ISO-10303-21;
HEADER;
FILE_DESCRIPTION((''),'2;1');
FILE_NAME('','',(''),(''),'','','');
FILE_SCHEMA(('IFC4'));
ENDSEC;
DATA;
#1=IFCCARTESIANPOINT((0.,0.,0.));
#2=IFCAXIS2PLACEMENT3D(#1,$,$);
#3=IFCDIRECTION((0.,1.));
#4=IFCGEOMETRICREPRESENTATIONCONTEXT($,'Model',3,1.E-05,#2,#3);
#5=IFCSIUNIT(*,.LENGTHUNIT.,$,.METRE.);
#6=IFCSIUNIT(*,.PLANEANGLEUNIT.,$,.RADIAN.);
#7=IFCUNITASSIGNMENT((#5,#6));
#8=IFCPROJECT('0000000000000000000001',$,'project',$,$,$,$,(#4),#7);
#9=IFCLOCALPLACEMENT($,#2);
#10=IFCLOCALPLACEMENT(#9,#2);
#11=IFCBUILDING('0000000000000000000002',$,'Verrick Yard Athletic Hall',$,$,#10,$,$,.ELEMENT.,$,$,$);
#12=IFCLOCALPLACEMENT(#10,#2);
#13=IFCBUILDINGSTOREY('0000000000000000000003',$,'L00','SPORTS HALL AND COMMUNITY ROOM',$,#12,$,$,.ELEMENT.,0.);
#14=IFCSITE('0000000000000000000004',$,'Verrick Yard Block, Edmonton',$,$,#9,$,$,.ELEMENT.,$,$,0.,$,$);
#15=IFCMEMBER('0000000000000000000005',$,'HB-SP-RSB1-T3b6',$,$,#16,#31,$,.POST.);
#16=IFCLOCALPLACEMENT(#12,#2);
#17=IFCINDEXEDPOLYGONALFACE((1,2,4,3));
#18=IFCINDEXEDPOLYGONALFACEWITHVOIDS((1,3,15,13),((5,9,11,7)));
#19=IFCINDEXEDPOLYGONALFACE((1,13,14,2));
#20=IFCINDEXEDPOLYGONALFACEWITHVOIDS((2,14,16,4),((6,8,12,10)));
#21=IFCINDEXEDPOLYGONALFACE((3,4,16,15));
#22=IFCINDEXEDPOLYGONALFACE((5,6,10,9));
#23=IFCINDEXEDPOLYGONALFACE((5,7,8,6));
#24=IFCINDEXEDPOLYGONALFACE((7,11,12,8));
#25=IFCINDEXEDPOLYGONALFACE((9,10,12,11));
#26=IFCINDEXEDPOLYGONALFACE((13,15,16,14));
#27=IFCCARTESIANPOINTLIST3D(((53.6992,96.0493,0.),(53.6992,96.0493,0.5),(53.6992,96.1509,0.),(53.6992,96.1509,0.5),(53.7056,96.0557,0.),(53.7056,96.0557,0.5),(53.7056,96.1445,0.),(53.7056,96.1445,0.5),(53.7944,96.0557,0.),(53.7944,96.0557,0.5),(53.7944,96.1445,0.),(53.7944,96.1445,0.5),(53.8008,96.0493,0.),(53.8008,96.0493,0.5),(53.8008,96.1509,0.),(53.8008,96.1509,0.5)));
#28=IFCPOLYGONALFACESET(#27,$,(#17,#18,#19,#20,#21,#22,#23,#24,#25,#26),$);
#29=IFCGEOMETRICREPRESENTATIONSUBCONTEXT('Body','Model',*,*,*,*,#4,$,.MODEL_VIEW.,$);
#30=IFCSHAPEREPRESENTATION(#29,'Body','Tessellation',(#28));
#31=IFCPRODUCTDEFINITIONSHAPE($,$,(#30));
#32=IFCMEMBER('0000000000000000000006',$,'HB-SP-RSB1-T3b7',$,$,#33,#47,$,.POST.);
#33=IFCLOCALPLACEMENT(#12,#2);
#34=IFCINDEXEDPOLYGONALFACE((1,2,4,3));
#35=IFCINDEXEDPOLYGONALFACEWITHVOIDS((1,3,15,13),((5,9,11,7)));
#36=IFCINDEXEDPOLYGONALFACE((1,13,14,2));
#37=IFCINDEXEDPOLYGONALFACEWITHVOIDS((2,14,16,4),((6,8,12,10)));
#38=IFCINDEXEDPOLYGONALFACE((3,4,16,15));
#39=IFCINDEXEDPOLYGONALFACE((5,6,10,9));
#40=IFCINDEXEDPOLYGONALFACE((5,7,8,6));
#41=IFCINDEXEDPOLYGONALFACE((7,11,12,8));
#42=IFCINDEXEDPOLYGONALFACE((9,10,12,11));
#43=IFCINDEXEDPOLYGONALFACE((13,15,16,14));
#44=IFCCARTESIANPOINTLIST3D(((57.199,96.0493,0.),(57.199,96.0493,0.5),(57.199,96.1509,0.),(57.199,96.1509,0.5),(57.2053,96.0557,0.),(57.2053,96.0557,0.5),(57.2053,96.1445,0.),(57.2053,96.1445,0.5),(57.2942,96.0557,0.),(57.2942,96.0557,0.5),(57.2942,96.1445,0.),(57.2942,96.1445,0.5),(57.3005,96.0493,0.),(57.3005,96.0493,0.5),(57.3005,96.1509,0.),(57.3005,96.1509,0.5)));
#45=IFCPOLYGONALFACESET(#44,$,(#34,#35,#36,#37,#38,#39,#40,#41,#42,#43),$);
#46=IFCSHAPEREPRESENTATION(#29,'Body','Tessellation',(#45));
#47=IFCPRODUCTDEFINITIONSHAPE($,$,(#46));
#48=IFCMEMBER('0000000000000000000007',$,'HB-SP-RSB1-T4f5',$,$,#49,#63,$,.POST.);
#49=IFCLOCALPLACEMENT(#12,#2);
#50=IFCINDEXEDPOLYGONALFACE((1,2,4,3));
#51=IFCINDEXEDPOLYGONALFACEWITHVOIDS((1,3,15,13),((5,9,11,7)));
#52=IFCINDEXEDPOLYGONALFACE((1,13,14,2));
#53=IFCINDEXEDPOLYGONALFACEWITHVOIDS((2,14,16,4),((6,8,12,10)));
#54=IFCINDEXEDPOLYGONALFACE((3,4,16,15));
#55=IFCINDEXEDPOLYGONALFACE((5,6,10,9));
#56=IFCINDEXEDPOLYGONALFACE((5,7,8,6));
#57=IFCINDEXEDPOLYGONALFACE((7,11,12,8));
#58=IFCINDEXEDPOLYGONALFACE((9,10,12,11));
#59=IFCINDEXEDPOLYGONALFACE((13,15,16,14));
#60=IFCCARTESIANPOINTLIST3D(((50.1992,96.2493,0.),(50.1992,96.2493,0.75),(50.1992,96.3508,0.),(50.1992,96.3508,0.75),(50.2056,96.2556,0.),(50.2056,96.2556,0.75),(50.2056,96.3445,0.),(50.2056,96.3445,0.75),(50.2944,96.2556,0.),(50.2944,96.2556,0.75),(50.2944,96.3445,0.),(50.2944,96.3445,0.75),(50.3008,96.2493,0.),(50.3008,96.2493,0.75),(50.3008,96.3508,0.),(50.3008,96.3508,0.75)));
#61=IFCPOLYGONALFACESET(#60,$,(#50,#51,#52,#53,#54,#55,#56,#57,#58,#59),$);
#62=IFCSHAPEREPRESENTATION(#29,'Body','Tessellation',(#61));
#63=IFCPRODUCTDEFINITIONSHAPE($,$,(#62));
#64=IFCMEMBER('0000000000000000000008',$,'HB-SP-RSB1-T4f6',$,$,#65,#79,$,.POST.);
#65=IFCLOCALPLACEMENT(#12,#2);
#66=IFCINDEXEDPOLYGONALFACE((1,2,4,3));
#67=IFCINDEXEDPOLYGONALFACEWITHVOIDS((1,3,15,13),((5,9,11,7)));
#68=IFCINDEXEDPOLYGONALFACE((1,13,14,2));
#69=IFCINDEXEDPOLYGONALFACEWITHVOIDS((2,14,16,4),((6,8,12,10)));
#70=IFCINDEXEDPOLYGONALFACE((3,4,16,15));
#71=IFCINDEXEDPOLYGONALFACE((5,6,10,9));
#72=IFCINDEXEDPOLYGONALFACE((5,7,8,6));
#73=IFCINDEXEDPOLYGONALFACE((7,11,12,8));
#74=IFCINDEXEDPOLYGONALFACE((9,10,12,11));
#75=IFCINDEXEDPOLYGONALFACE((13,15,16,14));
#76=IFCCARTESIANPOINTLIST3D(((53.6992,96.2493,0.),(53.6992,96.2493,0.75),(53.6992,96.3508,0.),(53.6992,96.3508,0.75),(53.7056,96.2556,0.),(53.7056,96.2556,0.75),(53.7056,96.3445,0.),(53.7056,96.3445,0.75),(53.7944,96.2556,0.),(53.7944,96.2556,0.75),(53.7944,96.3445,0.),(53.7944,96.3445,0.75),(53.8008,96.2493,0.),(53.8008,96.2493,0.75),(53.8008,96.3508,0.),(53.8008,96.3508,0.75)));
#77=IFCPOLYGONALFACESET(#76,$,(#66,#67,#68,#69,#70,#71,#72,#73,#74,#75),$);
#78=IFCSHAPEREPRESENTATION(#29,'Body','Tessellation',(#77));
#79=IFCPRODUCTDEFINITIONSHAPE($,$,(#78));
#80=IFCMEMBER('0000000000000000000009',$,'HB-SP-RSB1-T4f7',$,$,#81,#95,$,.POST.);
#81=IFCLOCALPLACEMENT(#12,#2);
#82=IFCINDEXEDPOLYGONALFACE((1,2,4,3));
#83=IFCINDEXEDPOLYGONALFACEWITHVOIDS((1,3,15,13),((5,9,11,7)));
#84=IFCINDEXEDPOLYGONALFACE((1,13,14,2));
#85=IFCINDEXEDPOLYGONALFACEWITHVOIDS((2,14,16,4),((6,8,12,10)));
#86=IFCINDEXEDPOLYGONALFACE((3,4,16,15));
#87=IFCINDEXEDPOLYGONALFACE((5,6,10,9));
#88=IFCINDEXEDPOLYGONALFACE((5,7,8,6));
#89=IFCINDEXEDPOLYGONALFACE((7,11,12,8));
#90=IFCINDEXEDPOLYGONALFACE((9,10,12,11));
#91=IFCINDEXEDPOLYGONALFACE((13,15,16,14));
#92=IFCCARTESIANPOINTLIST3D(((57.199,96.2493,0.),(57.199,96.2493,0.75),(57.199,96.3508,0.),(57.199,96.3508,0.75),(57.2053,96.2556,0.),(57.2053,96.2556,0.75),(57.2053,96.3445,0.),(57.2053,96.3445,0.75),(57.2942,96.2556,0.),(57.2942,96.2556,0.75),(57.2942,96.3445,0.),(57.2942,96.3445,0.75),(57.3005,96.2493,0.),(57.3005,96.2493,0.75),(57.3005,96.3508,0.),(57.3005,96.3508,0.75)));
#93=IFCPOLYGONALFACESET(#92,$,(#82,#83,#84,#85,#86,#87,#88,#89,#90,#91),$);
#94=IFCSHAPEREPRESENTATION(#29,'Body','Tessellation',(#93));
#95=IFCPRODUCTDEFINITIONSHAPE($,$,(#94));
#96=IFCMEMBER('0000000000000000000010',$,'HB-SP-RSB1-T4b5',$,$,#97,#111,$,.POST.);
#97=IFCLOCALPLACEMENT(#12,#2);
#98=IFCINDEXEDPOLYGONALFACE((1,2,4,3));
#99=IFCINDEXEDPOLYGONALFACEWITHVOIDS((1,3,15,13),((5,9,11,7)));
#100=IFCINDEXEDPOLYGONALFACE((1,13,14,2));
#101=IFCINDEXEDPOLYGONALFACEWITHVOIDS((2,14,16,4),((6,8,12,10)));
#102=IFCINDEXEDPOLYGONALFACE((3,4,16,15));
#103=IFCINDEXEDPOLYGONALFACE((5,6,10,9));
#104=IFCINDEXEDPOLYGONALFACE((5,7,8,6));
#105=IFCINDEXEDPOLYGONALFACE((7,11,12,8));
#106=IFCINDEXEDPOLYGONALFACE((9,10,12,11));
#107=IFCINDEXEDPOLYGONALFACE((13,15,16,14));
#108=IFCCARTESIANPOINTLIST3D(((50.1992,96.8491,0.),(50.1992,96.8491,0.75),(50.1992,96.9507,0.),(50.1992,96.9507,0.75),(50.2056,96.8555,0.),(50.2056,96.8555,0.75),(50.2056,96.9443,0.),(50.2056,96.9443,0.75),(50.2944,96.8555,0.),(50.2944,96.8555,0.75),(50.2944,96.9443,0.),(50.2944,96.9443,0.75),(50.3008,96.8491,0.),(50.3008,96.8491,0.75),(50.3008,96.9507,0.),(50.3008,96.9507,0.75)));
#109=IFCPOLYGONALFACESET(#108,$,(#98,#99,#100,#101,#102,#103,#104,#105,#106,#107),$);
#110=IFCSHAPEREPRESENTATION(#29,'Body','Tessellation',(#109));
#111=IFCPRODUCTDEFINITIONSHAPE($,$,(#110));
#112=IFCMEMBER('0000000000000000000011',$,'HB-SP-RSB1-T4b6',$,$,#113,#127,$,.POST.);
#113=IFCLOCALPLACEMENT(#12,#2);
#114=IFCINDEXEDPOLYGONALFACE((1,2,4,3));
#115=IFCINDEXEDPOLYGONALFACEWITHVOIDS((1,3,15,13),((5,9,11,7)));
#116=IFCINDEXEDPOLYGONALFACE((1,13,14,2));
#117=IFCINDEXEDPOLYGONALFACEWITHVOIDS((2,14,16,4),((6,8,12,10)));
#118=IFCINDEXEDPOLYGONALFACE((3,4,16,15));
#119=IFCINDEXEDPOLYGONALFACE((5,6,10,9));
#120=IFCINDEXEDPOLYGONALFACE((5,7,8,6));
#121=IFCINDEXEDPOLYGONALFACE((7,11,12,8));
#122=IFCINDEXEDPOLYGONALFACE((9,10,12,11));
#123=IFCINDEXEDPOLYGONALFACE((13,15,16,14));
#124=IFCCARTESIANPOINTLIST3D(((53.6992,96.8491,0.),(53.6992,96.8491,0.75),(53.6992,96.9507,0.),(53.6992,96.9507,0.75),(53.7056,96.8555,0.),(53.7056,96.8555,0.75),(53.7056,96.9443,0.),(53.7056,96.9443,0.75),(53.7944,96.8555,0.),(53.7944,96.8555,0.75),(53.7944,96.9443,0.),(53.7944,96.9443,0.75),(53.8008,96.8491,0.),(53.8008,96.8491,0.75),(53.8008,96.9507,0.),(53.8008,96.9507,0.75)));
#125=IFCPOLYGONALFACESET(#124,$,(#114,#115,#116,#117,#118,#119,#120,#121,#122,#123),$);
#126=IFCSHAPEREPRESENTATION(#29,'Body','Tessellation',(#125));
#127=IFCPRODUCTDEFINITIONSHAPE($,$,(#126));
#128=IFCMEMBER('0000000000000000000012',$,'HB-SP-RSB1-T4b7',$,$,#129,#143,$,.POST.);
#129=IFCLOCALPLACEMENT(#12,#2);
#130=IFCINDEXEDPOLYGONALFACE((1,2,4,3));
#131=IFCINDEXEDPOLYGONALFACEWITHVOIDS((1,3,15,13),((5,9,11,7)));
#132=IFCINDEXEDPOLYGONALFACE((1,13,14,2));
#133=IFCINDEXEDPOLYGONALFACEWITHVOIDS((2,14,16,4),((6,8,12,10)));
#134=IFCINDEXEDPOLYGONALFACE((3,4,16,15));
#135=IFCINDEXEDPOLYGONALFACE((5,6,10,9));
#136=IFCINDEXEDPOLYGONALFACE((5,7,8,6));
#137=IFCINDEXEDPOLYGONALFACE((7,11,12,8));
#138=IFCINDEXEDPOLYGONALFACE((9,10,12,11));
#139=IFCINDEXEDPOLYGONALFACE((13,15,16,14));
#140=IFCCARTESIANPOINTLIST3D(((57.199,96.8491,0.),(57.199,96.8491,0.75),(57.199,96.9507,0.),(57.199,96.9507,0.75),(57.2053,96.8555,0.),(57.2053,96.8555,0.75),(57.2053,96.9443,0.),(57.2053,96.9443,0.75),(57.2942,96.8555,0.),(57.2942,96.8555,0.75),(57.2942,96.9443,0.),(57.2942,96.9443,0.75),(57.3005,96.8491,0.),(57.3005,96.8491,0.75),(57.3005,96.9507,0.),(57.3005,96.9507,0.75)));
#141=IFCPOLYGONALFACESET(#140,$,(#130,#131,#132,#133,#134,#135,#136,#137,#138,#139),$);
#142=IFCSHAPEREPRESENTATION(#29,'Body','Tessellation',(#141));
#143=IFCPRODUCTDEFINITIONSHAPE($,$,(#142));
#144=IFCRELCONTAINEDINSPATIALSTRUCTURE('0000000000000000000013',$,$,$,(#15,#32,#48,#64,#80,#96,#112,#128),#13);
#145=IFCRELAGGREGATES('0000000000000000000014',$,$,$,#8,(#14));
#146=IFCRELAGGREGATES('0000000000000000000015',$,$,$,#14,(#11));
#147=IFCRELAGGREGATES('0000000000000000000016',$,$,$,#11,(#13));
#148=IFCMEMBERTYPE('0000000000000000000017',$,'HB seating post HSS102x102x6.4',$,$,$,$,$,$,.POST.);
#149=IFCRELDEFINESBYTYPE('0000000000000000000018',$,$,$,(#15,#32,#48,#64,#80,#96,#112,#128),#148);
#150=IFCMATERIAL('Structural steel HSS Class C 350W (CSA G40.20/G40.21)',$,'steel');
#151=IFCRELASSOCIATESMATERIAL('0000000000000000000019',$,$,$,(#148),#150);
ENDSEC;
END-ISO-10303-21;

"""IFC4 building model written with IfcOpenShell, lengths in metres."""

from ifc_helpers import new_model, si_unit, direction, frame, origin, origin_2d, place, context, subcontext, project, spatial, hollow_rectangle, extrude, material, material_profile, profile_set, type_object, element, save


model = new_model("IFC4")

# Units and contexts
model_context = context("Model", 3, precision=1e-05, world=origin(), true_north=direction((0.0, 1.0)))
body_context = subcontext(model_context, "Body", "Model", "MODEL_VIEW")
ifc_project = project(units=[si_unit("LENGTHUNIT", "METRE"), si_unit("PLANEANGLEUNIT", "RADIAN")], contexts=[model_context])

# Site, building, storey
site_placement = place(None, origin())
site = spatial("IfcSite", under=ifc_project, at=site_placement, Name="Verrick Yard Block, Edmonton", CompositionType="ELEMENT", RefElevation=0.0)
building_placement = place(site_placement, origin())
building = spatial("IfcBuilding", under=site, at=building_placement, Name="Verrick Yard Athletic Hall", CompositionType="ELEMENT")
storey_placement = place(building_placement, origin())
storey = spatial("IfcBuildingStorey", under=building, at=storey_placement, Name="L00", Description="SPORTS HALL AND COMMUNITY ROOM", CompositionType="ELEMENT", Elevation=0.0)

# Members
ifc_material = material(Name="Structural steel HSS Class C 350W (CSA G40.20/G40.21)", Category="steel")
ifc_material_profile = material_profile(ifc_material, hollow_rectangle(XDim=0.1016, YDim=0.1016, WallThickness=0.0063, at=origin_2d()), Name="HSS102x102x6.4")
ifc_profile_set = profile_set([ifc_material_profile], Name="Structural steel HSS Class C 350W (CSA G40.20/G40.21)")
member_type = type_object("IfcMemberType", Name="HB seating post HSS102x102x6.4", PredefinedType="POST", material=ifc_profile_set)
for number, where, z_axis, x_axis, name in (
    (1, (53.75, 96.1001, 0.0), (0.0, 0.0, 1.0), (0.0, 1.0, 0.0), "HB-SP-RSB1-T3b6"),
    (2, (57.2498, 96.1001, 0.0), (0.0, 0.0, 1.0), (0.0, 1.0, 0.0), "HB-SP-RSB1-T3b7"),
):
    element("IfcMember", number, at=place(storey_placement, frame(where, z_axis=z_axis, x_axis=x_axis)), inside=storey, type_object=member_type, Name=name, PredefinedType="POST", context=body_context, shape_type="SweptSolid", body=[
        extrude(hollow_rectangle(XDim=0.1016, YDim=0.1016, WallThickness=0.0063, at=origin_2d()), origin(), (0.0, 0.0, 1.0), 0.5),
    ])
for number, where, z_axis, x_axis, name in (
    (3, (50.25, 96.3, 0.0), (0.0, 0.0, 1.0), (0.0, 1.0, 0.0), "HB-SP-RSB1-T4f5"),
    (4, (53.75, 96.3, 0.0), (0.0, 0.0, 1.0), (0.0, 1.0, 0.0), "HB-SP-RSB1-T4f6"),
    (5, (57.2498, 96.3, 0.0), (0.0, 0.0, 1.0), (0.0, 1.0, 0.0), "HB-SP-RSB1-T4f7"),
    (6, (50.25, 96.8999, 0.0), (0.0, 0.0, 1.0), (0.0, 1.0, 0.0), "HB-SP-RSB1-T4b5"),
    (7, (53.75, 96.8999, 0.0), (0.0, 0.0, 1.0), (0.0, 1.0, 0.0), "HB-SP-RSB1-T4b6"),
    (8, (57.2498, 96.8999, 0.0), (0.0, 0.0, 1.0), (0.0, 1.0, 0.0), "HB-SP-RSB1-T4b7"),
):
    element("IfcMember", number, at=place(storey_placement, frame(where, z_axis=z_axis, x_axis=x_axis)), inside=storey, type_object=member_type, Name=name, PredefinedType="POST", context=body_context, shape_type="SweptSolid", body=[
        extrude(hollow_rectangle(XDim=0.1016, YDim=0.1016, WallThickness=0.0063, at=origin_2d()), origin(), (0.0, 0.0, 1.0), 0.75),
    ])

save(model, "model.ifc")
